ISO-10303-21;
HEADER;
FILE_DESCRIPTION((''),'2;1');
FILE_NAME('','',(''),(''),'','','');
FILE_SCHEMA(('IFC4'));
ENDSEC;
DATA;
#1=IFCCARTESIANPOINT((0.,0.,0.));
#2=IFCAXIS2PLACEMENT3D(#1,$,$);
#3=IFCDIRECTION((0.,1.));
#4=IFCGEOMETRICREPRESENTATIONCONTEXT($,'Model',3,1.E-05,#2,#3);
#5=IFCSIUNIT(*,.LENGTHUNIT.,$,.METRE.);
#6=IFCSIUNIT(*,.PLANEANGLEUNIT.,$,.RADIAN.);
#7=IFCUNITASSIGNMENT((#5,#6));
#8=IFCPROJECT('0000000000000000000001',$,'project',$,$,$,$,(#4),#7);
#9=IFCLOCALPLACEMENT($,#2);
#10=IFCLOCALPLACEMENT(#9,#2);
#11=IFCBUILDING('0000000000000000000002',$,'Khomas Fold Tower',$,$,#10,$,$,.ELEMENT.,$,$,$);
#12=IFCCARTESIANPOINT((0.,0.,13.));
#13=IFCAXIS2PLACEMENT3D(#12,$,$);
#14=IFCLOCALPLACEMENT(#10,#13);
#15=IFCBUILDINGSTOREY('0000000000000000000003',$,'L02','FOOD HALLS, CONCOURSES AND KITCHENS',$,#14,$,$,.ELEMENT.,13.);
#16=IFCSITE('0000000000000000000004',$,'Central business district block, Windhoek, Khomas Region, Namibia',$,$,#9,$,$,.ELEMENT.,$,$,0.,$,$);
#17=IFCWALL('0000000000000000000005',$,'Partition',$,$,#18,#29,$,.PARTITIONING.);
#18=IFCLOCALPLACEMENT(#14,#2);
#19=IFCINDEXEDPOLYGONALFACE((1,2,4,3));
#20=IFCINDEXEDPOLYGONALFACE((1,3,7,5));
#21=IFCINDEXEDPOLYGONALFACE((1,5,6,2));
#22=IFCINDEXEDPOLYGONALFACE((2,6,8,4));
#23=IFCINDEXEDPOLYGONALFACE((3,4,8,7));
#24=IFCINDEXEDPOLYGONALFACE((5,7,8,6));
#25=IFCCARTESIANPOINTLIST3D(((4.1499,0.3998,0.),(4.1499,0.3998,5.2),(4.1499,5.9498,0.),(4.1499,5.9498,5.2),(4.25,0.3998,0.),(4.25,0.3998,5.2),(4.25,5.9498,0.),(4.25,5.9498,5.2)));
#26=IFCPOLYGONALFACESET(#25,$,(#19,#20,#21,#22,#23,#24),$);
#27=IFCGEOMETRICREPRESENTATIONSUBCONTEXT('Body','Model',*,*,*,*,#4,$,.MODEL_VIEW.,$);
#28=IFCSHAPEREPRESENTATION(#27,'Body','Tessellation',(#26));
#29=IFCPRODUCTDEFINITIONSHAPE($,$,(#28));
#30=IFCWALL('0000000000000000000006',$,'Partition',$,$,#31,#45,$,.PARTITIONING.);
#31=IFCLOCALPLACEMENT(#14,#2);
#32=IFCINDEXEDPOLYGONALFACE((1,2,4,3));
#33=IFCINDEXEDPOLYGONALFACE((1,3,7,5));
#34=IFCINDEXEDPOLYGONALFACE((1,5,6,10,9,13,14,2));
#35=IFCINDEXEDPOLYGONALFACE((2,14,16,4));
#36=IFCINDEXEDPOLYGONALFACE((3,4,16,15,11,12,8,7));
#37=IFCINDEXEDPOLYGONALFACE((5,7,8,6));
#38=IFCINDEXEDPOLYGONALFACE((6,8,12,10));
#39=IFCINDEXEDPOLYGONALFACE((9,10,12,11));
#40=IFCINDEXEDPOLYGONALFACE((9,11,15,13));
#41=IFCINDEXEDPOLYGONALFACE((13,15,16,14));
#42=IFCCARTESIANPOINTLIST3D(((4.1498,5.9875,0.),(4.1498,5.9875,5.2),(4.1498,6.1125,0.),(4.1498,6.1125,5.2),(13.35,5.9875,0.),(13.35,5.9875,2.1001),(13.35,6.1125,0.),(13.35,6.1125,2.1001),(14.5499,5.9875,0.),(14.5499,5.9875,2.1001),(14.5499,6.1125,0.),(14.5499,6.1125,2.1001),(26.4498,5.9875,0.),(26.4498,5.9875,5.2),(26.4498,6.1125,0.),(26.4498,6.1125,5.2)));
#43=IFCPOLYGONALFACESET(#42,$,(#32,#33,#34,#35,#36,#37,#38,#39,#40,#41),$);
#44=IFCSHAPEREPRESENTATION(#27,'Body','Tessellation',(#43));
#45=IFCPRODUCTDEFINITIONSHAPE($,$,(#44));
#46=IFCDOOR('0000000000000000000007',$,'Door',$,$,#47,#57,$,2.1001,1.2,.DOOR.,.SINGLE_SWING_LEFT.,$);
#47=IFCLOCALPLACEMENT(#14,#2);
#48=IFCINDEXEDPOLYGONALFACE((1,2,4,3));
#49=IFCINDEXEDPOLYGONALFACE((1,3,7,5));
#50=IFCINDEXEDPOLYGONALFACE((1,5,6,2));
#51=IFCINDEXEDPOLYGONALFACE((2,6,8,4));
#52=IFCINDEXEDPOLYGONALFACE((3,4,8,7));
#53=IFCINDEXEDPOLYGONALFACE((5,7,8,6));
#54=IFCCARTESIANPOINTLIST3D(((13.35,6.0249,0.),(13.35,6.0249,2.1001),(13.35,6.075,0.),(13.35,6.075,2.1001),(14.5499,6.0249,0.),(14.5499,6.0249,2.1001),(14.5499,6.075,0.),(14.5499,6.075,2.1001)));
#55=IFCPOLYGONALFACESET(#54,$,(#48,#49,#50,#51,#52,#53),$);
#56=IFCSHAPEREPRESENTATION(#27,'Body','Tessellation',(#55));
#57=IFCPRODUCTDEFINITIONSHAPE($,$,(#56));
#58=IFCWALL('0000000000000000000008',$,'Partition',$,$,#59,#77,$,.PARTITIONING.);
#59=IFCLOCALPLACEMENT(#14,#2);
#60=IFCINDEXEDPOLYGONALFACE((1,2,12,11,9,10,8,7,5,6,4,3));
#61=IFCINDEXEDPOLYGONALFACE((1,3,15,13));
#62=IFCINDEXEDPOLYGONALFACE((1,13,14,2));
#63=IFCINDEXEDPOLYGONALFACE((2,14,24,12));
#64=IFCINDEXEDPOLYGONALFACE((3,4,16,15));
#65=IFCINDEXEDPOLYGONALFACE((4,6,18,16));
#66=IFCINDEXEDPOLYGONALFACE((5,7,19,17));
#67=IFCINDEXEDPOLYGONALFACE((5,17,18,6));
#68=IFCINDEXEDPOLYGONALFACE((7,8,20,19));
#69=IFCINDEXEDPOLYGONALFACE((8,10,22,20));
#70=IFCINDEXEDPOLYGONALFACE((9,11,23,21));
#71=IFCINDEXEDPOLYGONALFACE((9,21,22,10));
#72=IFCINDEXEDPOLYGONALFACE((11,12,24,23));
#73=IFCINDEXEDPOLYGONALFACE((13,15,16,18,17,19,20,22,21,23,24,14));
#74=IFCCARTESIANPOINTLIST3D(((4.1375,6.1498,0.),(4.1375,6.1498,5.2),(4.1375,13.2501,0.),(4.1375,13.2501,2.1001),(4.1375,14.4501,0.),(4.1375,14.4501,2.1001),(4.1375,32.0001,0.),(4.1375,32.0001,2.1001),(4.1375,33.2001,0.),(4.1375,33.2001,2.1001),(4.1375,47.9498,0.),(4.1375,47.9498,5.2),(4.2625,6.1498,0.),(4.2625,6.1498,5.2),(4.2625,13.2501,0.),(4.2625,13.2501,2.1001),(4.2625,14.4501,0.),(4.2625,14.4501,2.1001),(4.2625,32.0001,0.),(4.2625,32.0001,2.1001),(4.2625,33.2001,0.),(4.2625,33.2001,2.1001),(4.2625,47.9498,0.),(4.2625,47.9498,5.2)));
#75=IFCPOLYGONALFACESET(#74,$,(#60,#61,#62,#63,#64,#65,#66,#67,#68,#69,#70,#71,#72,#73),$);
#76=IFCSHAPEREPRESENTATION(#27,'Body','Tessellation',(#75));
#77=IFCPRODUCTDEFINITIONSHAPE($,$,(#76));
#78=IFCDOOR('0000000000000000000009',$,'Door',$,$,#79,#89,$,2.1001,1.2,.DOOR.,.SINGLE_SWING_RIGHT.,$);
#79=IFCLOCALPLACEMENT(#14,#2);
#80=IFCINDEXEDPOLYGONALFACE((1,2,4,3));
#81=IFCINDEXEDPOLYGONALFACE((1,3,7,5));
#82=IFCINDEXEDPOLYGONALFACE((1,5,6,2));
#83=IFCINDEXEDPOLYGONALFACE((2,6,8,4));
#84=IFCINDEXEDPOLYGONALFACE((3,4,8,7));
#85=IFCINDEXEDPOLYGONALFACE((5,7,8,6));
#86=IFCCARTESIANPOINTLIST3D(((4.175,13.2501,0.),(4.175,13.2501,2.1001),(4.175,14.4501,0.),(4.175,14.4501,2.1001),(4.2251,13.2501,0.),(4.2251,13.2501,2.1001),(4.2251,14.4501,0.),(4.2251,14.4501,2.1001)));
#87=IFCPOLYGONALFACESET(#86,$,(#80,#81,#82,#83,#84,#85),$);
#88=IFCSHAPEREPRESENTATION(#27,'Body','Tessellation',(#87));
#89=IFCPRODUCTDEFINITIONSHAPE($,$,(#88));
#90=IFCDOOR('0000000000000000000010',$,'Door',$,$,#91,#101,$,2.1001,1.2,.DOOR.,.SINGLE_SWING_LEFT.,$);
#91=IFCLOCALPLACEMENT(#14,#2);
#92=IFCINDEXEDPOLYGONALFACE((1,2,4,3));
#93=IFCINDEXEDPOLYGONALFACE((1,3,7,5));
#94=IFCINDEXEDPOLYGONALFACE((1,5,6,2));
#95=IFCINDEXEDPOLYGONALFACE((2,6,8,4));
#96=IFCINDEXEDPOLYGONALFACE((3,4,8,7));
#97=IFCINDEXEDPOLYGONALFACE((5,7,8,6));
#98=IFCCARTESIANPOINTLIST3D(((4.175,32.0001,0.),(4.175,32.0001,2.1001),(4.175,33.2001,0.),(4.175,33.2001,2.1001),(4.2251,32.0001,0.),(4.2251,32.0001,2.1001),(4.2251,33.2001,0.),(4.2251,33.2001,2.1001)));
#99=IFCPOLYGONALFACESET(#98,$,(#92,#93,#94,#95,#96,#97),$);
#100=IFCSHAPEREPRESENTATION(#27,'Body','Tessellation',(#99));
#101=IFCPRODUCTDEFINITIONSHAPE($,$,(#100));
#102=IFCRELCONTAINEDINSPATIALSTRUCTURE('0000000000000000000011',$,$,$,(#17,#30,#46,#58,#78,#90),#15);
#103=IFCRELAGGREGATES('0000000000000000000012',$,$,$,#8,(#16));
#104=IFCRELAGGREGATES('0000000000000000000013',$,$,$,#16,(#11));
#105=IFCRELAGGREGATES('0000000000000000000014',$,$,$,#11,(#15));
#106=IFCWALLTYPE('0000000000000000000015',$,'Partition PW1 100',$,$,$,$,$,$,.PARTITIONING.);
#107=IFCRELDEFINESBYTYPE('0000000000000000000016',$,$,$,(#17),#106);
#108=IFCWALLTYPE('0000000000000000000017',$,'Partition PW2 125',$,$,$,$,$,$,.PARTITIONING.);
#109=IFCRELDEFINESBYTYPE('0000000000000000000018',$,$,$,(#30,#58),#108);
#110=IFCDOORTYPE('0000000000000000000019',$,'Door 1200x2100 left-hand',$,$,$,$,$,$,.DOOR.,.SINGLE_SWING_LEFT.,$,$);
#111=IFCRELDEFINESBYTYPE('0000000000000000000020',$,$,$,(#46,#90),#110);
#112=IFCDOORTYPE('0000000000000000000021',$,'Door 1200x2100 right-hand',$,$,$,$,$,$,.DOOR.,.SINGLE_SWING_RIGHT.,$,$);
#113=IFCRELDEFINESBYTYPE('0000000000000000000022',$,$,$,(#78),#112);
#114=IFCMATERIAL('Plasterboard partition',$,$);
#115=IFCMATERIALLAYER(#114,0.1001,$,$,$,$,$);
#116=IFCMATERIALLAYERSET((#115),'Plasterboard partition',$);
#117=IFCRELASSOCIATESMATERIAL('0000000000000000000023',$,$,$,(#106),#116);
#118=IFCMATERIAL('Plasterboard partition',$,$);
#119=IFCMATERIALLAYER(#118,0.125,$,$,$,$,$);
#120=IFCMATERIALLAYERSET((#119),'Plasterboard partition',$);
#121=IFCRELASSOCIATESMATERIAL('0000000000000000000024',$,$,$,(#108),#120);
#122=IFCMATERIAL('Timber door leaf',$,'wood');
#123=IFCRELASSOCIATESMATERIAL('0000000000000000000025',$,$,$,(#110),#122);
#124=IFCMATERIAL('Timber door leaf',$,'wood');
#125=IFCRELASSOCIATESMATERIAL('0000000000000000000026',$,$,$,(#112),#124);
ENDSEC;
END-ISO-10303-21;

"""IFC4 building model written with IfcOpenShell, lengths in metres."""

from ifc_helpers import new_model, si_unit, direction, frame, frame_2d, origin, place, context, subcontext, project, spatial, rectangle, extrude, source, transform, mapped, material, layer, layer_set, type_object, element, fill, save


model = new_model("IFC4")

# Units and contexts
model_context = context("Model", 3, precision=1e-05, world=origin(), true_north=direction((0.0, 1.0)))
body_context = subcontext(model_context, "Body", "Model", "MODEL_VIEW")
ifc_project = project(units=[si_unit("LENGTHUNIT", "METRE"), si_unit("PLANEANGLEUNIT", "RADIAN")], contexts=[model_context])

# Site, building, storey
site_placement = place(None, origin())
site = spatial("IfcSite", under=ifc_project, at=site_placement, Name="Central business district block, Windhoek, Khomas Region, Namibia", CompositionType="ELEMENT", RefElevation=0.0)
building_placement = place(site_placement, origin())
building = spatial("IfcBuilding", under=site, at=building_placement, Name="Khomas Fold Tower", CompositionType="ELEMENT")
storey_placement = place(building_placement, frame((0.0, 0.0, 13.0)))
storey = spatial("IfcBuildingStorey", under=building, at=storey_placement, Name="L02", Description="FOOD HALLS, CONCOURSES AND KITCHENS", CompositionType="ELEMENT", Elevation=13.0)

# Wall
ifc_material_1 = material(Name="Plasterboard partition")
ifc_layer_1 = layer(ifc_material_1, 0.1001)
ifc_layer_set_1 = layer_set([ifc_layer_1], Name="Plasterboard partition")
wall_type_1 = type_object("IfcWallType", Name="Partition PW1 100", PredefinedType="PARTITIONING", material=ifc_layer_set_1)
shared_shape_1 = source(origin(), body_context, "Body", "SweptSolid", [
    extrude(rectangle(XDim=5.55, YDim=0.1001, at=frame_2d((2.7749, 0.0))), origin(), (0.0, 0.0, 1.0), 5.2),
])
wall_1_placement = place(storey_placement, frame((4.2, 0.3999, 0.0), z_axis=(0.0, 0.0, 1.0), x_axis=(0.0, 1.0, 0.0)))
element("IfcWall", 1, at=wall_1_placement, inside=storey, type_object=wall_type_1, Name="Partition", PredefinedType="PARTITIONING", context=body_context, shape_type="MappedRepresentation", body=[
    mapped(shared_shape_1, transform((0.0, 0.0, 0.0))),
])

# Wall, opening, door
ifc_material_2 = material(Name="Plasterboard partition")
ifc_layer_2 = layer(ifc_material_2, 0.125)
ifc_layer_set_2 = layer_set([ifc_layer_2], Name="Plasterboard partition")
wall_type_2 = type_object("IfcWallType", Name="Partition PW2 125", PredefinedType="PARTITIONING", material=ifc_layer_set_2)
shared_shape_2 = source(origin(), body_context, "Body", "SweptSolid", [
    extrude(rectangle(XDim=22.3, YDim=0.125, at=frame_2d((11.1499, 0.0))), origin(), (0.0, 0.0, 1.0), 5.2),
])
wall_2_placement = place(storey_placement, frame((4.1499, 6.05, 0.0), z_axis=(0.0, 0.0, 1.0), x_axis=(1.0, 0.0, 0.0)))
wall_2 = element("IfcWall", 2, at=wall_2_placement, inside=storey, type_object=wall_type_2, Name="Partition", PredefinedType="PARTITIONING", context=body_context, shape_type="MappedRepresentation", body=[
    mapped(shared_shape_2, transform((0.0, 0.0, 0.0))),
])
shared_shape_3 = source(origin(), body_context, "Body", "SweptSolid", [
    extrude(rectangle(XDim=1.2, YDim=2.1001, at=frame_2d((0.6001, 1.05))), frame((0.0, 0.0725, 0.0), z_axis=(0.0, -1.0, 0.0), x_axis=(1.0, 0.0, 0.0)), (0.0, 0.0, 1.0), 0.145),
])
opening_1_placement = place(wall_2_placement, frame((9.2, 0.0, 0.0)))
opening_1 = element("IfcOpeningElement", 3, at=opening_1_placement, cuts=wall_2, PredefinedType="OPENING", context=body_context, shape_type="MappedRepresentation", body=[
    mapped(shared_shape_3, transform((0.0, 0.0, 0.0))),
])
ifc_material_3 = material(Name="Timber door leaf", Category="wood")
door_type_1 = type_object("IfcDoorType", Name="Door 1200x2100 left-hand", OperationType="SINGLE_SWING_LEFT", PredefinedType="DOOR", material=ifc_material_3)
shared_shape_4 = source(origin(), body_context, "Body", "SweptSolid", [
    extrude(rectangle(XDim=1.2, YDim=2.1001, at=frame_2d((0.6001, 1.05))), frame((0.0, 0.0249, 0.0), z_axis=(0.0, -1.0, 0.0), x_axis=(1.0, 0.0, 0.0)), (0.0, 0.0, 1.0), 0.05),
])
door_1_placement = place(opening_1_placement, origin())
door_1 = element("IfcDoor", 4, at=door_1_placement, inside=storey, type_object=door_type_1, Name="Door", OperationType="SINGLE_SWING_LEFT", OverallHeight=2.1001, OverallWidth=1.2, PredefinedType="DOOR", context=body_context, shape_type="MappedRepresentation", body=[
    mapped(shared_shape_4, transform((0.0, 0.0, 0.0))),
])
fill(opening_1, door_1)

# Wall, openings, doors
shared_shape_5 = source(origin(), body_context, "Body", "SweptSolid", [
    extrude(rectangle(XDim=41.8, YDim=0.125, at=frame_2d((20.8999, 0.0))), origin(), (0.0, 0.0, 1.0), 5.2),
])
wall_3_placement = place(storey_placement, frame((4.2, 6.1499, 0.0), z_axis=(0.0, 0.0, 1.0), x_axis=(0.0, 1.0, 0.0)))
wall_3 = element("IfcWall", 5, at=wall_3_placement, inside=storey, type_object=wall_type_2, Name="Partition", PredefinedType="PARTITIONING", context=body_context, shape_type="MappedRepresentation", body=[
    mapped(shared_shape_5, transform((0.0, 0.0, 0.0))),
])
opening_2_placement = place(wall_3_placement, frame((7.1001, 0.0, 0.0)))
opening_2 = element("IfcOpeningElement", 6, at=opening_2_placement, cuts=wall_3, PredefinedType="OPENING", context=body_context, shape_type="MappedRepresentation", body=[
    mapped(shared_shape_3, transform((0.0, 0.0, 0.0))),
])
opening_3_placement = place(wall_3_placement, frame((25.8501, 0.0, 0.0)))
opening_3 = element("IfcOpeningElement", 7, at=opening_3_placement, cuts=wall_3, PredefinedType="OPENING", context=body_context, shape_type="MappedRepresentation", body=[
    mapped(shared_shape_3, transform((0.0, 0.0, 0.0))),
])
ifc_material_4 = material(Name="Timber door leaf", Category="wood")
door_type_2 = type_object("IfcDoorType", Name="Door 1200x2100 right-hand", OperationType="SINGLE_SWING_RIGHT", PredefinedType="DOOR", material=ifc_material_4)
door_2_placement = place(opening_2_placement, origin())
door_2 = element("IfcDoor", 8, at=door_2_placement, inside=storey, type_object=door_type_2, Name="Door", OperationType="SINGLE_SWING_RIGHT", OverallHeight=2.1001, OverallWidth=1.2, PredefinedType="DOOR", context=body_context, shape_type="MappedRepresentation", body=[
    mapped(shared_shape_4, transform((0.0, 0.0, 0.0))),
])
fill(opening_2, door_2)
door_3_placement = place(opening_3_placement, origin())
door_3 = element("IfcDoor", 9, at=door_3_placement, inside=storey, type_object=door_type_1, Name="Door", OperationType="SINGLE_SWING_LEFT", OverallHeight=2.1001, OverallWidth=1.2, PredefinedType="DOOR", context=body_context, shape_type="MappedRepresentation", body=[
    mapped(shared_shape_4, transform((0.0, 0.0, 0.0))),
])
fill(opening_3, door_3)

save(model, "model.ifc")
